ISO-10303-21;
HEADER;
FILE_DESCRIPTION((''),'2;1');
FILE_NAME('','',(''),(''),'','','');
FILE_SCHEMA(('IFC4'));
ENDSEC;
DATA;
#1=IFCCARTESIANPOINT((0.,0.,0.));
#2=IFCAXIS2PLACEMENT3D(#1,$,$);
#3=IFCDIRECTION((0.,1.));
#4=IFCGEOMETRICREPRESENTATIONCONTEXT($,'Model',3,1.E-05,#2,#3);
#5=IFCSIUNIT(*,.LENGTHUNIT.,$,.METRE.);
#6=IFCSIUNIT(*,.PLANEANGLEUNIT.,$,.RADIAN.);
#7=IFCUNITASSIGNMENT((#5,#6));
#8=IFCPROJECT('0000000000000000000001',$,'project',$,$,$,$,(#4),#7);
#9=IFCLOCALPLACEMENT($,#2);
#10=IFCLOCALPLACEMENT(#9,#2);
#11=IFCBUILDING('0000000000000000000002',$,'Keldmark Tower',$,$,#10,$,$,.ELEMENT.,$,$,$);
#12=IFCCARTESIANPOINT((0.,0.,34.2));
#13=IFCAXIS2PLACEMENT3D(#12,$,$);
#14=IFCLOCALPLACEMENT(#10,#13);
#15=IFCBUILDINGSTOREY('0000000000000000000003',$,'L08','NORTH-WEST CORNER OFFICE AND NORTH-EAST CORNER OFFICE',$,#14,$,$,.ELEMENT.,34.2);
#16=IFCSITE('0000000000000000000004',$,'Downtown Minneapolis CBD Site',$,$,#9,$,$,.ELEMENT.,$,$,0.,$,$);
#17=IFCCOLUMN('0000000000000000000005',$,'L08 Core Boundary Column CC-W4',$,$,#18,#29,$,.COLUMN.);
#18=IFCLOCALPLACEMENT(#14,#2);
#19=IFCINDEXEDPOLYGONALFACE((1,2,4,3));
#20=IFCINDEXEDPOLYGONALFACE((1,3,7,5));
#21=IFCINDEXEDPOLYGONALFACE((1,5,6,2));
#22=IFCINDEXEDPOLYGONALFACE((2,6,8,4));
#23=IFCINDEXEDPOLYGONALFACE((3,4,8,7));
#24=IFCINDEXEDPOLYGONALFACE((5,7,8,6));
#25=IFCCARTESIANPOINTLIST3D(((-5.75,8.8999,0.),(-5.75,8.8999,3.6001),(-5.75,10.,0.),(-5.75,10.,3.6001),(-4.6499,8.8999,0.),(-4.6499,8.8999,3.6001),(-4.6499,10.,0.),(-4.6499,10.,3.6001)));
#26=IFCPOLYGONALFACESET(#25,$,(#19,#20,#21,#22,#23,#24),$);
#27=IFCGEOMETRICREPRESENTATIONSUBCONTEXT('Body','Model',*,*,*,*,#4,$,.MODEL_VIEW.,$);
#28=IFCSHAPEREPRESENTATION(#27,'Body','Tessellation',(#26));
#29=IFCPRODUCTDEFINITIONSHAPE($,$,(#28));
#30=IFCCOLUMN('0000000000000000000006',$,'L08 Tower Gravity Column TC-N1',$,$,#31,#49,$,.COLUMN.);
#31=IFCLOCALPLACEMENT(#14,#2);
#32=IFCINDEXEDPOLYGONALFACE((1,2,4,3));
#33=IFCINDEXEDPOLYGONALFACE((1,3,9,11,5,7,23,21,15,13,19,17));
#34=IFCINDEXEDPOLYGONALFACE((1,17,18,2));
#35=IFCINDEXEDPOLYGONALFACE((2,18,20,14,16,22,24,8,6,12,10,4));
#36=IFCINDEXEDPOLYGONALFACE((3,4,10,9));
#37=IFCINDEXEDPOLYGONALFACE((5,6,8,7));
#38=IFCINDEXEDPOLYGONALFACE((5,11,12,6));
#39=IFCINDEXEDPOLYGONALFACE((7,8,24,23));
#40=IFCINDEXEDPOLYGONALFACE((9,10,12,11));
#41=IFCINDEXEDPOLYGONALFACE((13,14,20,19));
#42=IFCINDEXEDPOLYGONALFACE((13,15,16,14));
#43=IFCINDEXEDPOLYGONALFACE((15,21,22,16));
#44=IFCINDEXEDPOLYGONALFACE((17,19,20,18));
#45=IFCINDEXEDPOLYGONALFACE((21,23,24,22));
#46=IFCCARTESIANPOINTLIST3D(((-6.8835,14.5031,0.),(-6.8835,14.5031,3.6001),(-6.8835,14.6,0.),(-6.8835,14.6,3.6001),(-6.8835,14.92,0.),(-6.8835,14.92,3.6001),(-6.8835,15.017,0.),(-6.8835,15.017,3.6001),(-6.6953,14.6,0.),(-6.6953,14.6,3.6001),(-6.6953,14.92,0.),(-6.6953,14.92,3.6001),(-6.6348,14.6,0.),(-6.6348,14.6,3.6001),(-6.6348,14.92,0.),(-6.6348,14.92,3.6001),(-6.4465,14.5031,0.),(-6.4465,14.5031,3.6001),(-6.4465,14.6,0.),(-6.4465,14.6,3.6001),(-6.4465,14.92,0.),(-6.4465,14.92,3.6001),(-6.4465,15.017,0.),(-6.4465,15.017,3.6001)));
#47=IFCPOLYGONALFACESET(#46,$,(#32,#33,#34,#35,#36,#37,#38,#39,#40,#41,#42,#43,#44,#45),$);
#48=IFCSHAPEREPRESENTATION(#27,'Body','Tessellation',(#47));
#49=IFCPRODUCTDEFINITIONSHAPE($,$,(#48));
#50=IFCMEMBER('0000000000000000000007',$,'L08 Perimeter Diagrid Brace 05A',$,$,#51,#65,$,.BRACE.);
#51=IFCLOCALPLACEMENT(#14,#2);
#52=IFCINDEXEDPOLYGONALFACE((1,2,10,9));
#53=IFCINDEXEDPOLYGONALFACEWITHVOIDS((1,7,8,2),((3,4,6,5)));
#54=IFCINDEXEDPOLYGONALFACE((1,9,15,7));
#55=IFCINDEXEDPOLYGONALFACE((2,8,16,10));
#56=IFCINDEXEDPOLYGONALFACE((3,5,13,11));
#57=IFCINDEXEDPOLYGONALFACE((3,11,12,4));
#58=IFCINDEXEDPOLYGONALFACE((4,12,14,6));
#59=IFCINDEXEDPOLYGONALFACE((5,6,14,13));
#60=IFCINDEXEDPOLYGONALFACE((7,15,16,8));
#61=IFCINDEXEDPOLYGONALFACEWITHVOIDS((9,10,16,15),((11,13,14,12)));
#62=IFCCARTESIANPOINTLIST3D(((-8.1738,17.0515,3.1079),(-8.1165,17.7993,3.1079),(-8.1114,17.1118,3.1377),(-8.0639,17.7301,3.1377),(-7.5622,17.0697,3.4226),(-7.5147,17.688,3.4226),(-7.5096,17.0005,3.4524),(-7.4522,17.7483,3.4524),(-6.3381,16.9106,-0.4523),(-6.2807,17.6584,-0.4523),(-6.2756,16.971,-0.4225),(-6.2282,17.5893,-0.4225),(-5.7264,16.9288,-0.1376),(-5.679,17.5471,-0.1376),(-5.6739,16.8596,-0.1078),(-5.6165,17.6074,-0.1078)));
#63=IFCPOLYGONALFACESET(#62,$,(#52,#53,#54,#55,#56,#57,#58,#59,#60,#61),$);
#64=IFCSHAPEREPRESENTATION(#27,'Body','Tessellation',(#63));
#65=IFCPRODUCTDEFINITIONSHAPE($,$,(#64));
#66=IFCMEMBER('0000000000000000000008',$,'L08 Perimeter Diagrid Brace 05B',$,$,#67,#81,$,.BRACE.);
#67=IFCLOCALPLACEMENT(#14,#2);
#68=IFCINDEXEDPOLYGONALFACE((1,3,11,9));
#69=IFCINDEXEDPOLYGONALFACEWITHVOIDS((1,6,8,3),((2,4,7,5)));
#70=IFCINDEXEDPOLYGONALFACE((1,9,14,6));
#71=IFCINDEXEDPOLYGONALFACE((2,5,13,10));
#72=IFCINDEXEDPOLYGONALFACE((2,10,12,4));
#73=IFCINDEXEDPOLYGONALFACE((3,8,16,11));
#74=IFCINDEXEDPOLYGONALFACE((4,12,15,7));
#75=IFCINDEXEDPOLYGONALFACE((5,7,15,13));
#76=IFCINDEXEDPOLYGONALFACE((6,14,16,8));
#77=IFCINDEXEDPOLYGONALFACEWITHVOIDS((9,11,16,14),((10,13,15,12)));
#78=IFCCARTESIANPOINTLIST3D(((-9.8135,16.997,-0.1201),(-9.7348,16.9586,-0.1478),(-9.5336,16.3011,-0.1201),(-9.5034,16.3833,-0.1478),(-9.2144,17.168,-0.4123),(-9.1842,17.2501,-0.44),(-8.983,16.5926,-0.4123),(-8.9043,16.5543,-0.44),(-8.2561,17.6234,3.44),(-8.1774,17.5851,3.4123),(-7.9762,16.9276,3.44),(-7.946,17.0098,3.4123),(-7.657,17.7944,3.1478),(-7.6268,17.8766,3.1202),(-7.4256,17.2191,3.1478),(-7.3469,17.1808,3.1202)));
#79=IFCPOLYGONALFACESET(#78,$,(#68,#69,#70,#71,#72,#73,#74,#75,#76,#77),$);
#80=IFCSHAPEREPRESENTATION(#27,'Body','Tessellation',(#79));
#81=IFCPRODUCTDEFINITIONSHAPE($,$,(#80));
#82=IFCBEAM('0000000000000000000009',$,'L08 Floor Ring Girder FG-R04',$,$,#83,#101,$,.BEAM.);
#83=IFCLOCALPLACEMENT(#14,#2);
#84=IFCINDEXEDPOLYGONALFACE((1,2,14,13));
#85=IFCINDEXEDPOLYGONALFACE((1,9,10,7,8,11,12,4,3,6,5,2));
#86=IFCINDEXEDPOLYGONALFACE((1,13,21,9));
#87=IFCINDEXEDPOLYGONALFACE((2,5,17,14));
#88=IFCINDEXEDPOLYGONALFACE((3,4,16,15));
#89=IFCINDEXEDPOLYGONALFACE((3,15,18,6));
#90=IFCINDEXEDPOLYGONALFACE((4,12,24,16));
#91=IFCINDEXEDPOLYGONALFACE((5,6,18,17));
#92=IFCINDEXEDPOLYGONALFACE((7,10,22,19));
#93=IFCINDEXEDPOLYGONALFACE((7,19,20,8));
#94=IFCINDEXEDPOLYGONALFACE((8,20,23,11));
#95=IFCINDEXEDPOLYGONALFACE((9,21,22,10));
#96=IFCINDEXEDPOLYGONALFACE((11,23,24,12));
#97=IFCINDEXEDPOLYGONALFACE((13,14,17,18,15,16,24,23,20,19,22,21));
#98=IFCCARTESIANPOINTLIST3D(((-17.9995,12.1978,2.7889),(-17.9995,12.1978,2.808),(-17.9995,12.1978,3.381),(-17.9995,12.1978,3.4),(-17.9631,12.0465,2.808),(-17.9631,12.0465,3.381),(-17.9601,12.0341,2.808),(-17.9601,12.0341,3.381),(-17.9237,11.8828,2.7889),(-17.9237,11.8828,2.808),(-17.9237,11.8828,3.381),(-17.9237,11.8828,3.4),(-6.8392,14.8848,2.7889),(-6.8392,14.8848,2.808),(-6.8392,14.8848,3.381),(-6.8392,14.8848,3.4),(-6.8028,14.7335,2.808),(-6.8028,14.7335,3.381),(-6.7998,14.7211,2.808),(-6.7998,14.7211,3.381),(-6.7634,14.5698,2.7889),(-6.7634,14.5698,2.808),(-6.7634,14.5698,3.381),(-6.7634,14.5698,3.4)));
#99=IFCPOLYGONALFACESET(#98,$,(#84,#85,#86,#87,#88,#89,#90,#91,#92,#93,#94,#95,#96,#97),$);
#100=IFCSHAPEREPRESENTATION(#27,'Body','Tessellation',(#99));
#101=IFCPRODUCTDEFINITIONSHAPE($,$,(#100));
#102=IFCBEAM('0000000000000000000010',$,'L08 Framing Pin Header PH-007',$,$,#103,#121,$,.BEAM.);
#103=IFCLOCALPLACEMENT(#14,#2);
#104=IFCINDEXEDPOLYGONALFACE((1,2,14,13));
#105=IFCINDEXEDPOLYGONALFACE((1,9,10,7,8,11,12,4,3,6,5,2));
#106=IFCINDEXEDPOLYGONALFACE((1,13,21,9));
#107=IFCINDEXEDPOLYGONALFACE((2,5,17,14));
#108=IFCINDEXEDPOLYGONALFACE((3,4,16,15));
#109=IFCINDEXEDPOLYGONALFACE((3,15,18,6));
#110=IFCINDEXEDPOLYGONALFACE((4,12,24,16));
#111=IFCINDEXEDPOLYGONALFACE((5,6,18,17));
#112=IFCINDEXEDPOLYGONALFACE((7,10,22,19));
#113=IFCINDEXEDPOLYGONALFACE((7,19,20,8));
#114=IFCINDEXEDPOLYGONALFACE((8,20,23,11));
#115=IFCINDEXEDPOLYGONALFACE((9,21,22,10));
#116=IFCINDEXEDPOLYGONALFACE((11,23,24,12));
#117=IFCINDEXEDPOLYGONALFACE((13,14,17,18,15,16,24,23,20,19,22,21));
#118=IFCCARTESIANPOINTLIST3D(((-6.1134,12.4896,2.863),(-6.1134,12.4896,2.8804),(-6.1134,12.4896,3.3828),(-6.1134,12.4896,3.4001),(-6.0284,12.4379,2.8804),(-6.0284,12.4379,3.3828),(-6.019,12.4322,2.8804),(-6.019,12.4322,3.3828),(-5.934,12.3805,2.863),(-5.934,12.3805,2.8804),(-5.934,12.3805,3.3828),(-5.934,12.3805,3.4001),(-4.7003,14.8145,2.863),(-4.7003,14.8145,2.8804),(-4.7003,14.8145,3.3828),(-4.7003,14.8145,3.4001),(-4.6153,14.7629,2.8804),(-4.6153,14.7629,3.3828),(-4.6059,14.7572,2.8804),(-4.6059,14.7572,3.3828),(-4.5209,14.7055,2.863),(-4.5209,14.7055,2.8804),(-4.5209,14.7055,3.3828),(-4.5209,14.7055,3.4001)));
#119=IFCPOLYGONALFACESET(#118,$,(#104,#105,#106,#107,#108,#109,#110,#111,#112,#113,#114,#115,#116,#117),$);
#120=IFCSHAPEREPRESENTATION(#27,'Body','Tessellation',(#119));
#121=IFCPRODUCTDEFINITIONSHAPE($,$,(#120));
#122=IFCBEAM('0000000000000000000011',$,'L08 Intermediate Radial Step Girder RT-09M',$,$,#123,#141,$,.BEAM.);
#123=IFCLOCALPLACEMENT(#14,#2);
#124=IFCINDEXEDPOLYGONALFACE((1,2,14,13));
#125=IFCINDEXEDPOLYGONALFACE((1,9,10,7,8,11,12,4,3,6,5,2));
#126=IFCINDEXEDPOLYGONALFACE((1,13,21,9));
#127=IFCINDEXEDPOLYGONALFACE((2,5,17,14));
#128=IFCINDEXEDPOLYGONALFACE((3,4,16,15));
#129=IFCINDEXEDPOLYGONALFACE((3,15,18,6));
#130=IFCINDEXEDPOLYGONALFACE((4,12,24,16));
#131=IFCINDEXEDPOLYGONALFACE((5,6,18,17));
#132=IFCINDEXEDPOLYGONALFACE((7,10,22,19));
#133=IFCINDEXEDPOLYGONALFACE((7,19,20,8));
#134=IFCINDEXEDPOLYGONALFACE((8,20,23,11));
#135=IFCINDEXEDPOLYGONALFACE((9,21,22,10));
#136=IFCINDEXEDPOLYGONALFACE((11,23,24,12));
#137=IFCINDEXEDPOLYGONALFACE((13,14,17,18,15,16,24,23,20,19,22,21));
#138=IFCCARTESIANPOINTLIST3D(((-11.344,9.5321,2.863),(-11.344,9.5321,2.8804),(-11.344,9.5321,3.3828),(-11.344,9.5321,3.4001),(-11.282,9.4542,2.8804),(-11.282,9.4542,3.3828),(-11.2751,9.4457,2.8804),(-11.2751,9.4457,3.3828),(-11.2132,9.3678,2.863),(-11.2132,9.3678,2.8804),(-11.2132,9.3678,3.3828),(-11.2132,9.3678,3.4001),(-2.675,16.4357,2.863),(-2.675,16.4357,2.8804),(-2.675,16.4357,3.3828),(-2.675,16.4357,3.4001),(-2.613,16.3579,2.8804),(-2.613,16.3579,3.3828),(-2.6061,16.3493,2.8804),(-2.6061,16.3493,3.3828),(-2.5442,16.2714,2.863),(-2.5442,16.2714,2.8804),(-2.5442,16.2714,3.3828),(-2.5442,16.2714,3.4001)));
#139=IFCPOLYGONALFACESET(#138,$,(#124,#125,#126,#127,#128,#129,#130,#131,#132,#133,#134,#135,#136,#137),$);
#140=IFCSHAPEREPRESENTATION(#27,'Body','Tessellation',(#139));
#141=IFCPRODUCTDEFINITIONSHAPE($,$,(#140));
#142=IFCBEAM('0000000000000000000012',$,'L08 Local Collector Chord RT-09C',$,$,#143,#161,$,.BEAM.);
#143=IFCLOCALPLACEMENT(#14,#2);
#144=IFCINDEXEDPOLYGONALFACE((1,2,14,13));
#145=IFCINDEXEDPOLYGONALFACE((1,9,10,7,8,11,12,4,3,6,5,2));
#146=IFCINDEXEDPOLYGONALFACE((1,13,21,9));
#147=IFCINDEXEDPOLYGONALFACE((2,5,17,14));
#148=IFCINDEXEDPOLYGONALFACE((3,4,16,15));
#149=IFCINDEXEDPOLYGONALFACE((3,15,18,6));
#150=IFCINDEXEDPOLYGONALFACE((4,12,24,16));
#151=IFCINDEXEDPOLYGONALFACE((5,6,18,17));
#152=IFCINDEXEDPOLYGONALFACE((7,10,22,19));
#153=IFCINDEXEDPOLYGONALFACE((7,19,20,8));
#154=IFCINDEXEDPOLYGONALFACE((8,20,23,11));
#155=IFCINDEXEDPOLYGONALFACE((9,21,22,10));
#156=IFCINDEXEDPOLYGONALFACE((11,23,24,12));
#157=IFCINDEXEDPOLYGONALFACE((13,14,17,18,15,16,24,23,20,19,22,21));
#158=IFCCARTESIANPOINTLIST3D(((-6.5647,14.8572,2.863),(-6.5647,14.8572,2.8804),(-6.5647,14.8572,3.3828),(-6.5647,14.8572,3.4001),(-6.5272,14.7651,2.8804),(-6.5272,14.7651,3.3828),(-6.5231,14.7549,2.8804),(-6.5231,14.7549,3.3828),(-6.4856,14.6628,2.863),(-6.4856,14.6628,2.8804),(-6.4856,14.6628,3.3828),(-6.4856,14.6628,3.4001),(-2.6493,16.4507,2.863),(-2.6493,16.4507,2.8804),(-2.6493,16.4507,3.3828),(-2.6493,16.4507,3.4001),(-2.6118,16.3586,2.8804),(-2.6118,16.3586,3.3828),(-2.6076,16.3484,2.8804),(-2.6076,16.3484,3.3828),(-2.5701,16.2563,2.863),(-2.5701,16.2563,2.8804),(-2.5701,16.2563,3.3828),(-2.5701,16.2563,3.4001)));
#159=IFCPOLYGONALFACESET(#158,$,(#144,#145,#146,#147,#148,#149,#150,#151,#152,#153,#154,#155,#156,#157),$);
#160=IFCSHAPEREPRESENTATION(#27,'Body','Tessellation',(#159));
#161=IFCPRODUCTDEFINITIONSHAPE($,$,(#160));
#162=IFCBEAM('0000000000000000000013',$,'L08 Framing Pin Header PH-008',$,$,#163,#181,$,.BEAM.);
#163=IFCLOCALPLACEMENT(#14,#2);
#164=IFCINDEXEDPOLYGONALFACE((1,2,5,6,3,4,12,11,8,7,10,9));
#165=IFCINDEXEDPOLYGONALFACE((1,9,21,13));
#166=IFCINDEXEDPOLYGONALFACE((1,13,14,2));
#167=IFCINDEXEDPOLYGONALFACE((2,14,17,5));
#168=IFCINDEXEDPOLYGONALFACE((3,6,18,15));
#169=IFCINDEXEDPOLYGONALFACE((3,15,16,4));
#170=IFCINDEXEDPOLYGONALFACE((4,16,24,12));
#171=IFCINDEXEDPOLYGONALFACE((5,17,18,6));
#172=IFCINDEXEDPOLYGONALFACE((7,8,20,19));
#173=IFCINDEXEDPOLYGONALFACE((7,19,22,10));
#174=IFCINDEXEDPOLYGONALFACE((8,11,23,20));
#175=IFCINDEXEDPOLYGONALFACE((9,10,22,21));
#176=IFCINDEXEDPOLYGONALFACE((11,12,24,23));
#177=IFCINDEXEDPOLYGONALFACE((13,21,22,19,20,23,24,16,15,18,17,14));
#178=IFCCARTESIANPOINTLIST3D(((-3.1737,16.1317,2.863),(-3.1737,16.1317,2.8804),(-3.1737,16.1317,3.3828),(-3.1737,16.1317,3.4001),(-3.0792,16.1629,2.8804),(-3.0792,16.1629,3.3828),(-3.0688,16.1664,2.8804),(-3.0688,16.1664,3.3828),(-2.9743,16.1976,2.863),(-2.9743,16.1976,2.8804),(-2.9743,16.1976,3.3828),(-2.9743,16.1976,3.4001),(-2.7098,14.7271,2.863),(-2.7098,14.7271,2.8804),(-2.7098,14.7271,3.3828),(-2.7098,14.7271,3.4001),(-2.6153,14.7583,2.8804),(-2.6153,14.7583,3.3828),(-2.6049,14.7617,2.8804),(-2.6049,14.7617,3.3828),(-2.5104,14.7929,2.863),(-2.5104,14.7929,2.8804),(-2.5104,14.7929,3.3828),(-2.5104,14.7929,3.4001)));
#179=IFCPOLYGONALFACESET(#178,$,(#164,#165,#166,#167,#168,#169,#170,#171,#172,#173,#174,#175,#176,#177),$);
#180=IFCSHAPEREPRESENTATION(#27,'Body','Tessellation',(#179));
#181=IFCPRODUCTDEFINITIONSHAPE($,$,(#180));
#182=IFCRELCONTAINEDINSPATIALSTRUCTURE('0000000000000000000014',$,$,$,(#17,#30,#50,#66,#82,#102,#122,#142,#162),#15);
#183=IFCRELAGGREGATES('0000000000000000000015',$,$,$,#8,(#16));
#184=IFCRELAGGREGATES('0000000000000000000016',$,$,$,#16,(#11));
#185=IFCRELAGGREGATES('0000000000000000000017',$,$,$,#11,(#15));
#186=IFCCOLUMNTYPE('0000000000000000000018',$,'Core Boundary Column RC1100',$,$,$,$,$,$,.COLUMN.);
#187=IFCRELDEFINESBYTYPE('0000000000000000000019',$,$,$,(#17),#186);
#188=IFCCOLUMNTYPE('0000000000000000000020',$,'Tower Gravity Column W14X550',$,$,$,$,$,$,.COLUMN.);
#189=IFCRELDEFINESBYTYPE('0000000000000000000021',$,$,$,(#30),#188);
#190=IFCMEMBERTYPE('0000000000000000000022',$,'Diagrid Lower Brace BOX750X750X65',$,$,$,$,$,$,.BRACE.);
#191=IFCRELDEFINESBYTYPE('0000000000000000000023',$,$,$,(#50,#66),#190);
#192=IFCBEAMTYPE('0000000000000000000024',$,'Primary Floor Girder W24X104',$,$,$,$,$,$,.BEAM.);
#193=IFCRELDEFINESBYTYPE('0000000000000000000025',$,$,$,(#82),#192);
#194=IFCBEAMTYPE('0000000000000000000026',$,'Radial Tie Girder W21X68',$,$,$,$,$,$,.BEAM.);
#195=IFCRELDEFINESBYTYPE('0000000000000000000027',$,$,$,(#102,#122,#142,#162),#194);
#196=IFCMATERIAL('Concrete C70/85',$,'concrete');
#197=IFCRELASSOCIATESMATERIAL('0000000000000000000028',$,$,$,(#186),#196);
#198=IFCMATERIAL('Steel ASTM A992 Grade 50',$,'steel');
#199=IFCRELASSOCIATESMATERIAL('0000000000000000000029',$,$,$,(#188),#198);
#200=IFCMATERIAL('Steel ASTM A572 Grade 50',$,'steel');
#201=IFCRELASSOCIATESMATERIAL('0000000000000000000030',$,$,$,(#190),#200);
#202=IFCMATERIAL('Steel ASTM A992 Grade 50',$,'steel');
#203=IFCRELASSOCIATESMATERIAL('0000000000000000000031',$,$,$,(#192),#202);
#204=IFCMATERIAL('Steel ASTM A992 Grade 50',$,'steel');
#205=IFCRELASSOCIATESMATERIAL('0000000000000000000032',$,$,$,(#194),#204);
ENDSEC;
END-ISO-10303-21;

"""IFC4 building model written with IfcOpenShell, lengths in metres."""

from ifc_helpers import new_model, si_unit, direction, frame, origin, origin_2d, place, context, subcontext, project, spatial, rectangle, hollow_rectangle, i_section, extrude, material, material_profile, profile_set, type_object, element, save


model = new_model("IFC4")

# Units and contexts
model_context = context("Model", 3, precision=1e-05, world=origin(), true_north=direction((0.0, 1.0)))
body_context = subcontext(model_context, "Body", "Model", "MODEL_VIEW")
ifc_project = project(units=[si_unit("LENGTHUNIT", "METRE"), si_unit("PLANEANGLEUNIT", "RADIAN")], contexts=[model_context])

# Site, building, storey
site_placement = place(None, origin())
site = spatial("IfcSite", under=ifc_project, at=site_placement, Name="Downtown Minneapolis CBD Site", CompositionType="ELEMENT", RefElevation=0.0)
building_placement = place(site_placement, origin())
building = spatial("IfcBuilding", under=site, at=building_placement, Name="Keldmark Tower", CompositionType="ELEMENT")
storey_placement = place(building_placement, frame((0.0, 0.0, 34.2)))
storey = spatial("IfcBuildingStorey", under=building, at=storey_placement, Name="L08", Description="NORTH-WEST CORNER OFFICE AND NORTH-EAST CORNER OFFICE", CompositionType="ELEMENT", Elevation=34.2)

# Columns
ifc_material_1 = material(Name="Concrete C70/85", Category="concrete")
ifc_material_profile_1 = material_profile(ifc_material_1, rectangle(XDim=1.1001, YDim=1.1001, at=origin_2d()), Name="RC1100X1100")
ifc_profile_set_1 = profile_set([ifc_material_profile_1], Name="Concrete C70/85")
column_type_1 = type_object("IfcColumnType", Name="Core Boundary Column RC1100", PredefinedType="COLUMN", material=ifc_profile_set_1)
column_1_placement = place(storey_placement, frame((-5.2, 9.45, 0.0), z_axis=(0.0, 0.0, 1.0), x_axis=(1.0, 0.0, 0.0)))
element("IfcColumn", 1, at=column_1_placement, inside=storey, type_object=column_type_1, Name="L08 Core Boundary Column CC-W4", PredefinedType="COLUMN", context=body_context, shape_type="SweptSolid", body=[
    extrude(rectangle(XDim=1.1001, YDim=1.1001, at=origin_2d()), origin(), (0.0, 0.0, 1.0), 3.6001),
])
ifc_material_2 = material(Name="Steel ASTM A992 Grade 50", Category="steel")
ifc_material_profile_2 = material_profile(ifc_material_2, i_section(OverallWidth=0.437, OverallDepth=0.5139, WebThickness=0.0605, FlangeThickness=0.0969, at=origin_2d()), Name="W14X550")
ifc_profile_set_2 = profile_set([ifc_material_profile_2], Name="Steel ASTM A992 Grade 50")
column_type_2 = type_object("IfcColumnType", Name="Tower Gravity Column W14X550", PredefinedType="COLUMN", material=ifc_profile_set_2)
column_2_placement = place(storey_placement, frame((-6.665, 14.76, 0.0), z_axis=(0.0, 0.0, 1.0), x_axis=(1.0, 0.0, 0.0)))
element("IfcColumn", 2, at=column_2_placement, inside=storey, type_object=column_type_2, Name="L08 Tower Gravity Column TC-N1", PredefinedType="COLUMN", context=body_context, shape_type="SweptSolid", body=[
    extrude(i_section(OverallWidth=0.437, OverallDepth=0.5139, WebThickness=0.0605, FlangeThickness=0.0969, at=origin_2d()), origin(), (0.0, 0.0, 1.0), 3.6001),
])

# Members
ifc_material_3 = material(Name="Steel ASTM A572 Grade 50", Category="steel")
ifc_material_profile_3 = material_profile(ifc_material_3, hollow_rectangle(XDim=0.75, YDim=0.75, WallThickness=0.0649, at=origin_2d()), Name="BOX750X750X65")
ifc_profile_set_3 = profile_set([ifc_material_profile_3], Name="Steel ASTM A572 Grade 50")
member_type = type_object("IfcMemberType", Name="Diagrid Lower Brace BOX750X750X65", PredefinedType="BRACE", material=ifc_profile_set_3)
member_1_placement = place(storey_placement, frame((-5.9773, 17.259, -0.28), z_axis=(-0.458013, 0.035147, 0.88825), x_axis=(-0.076514, -0.997069, 0.0)))
element("IfcMember", 3, at=member_1_placement, inside=storey, type_object=member_type, Name="L08 Perimeter Diagrid Brace 05A", PredefinedType="BRACE", context=body_context, shape_type="SweptSolid", body=[
    extrude(hollow_rectangle(XDim=0.75, YDim=0.75, WallThickness=0.0649, at=origin_2d()), origin(), (0.0, 0.0, 1.0), 4.0081),
])
member_2_placement = place(storey_placement, frame((-9.3589, 16.7756, -0.28), z_axis=(0.395677, 0.159164, 0.904493), x_axis=(-0.373195, 0.927753, 0.0)))
element("IfcMember", 4, at=member_2_placement, inside=storey, type_object=member_type, Name="L08 Perimeter Diagrid Brace 05B", PredefinedType="BRACE", context=body_context, shape_type="SweptSolid", body=[
    extrude(hollow_rectangle(XDim=0.75, YDim=0.75, WallThickness=0.0649, at=origin_2d()), origin(), (0.0, 0.0, 1.0), 3.936),
])

# Beams
ifc_material_4 = material(Name="Steel ASTM A992 Grade 50", Category="steel")
ifc_material_profile_4 = material_profile(ifc_material_4, i_section(OverallWidth=0.324, OverallDepth=0.6111, WebThickness=0.0127, FlangeThickness=0.019, at=origin_2d()), Name="W24X104")
ifc_profile_set_4 = profile_set([ifc_material_profile_4], Name="Steel ASTM A992 Grade 50")
beam_type_1 = type_object("IfcBeamType", Name="Primary Floor Girder W24X104", PredefinedType="BEAM", material=ifc_profile_set_4)
beam_1_placement = place(storey_placement, frame((-6.8013, 14.7273, 3.0945), z_axis=(-0.972219, -0.234074, 0.0), x_axis=(0.234074, -0.972219, 0.0)))
element("IfcBeam", 5, at=beam_1_placement, inside=storey, type_object=beam_type_1, Name="L08 Floor Ring Girder FG-R04", PredefinedType="BEAM", context=body_context, shape_type="SweptSolid", body=[
    extrude(i_section(OverallWidth=0.324, OverallDepth=0.6111, WebThickness=0.0127, FlangeThickness=0.019, at=origin_2d()), origin(), (0.0, 0.0, 1.0), 11.4792),
])
ifc_material_5 = material(Name="Steel ASTM A992 Grade 50", Category="steel")
ifc_material_profile_5 = material_profile(ifc_material_5, i_section(OverallWidth=0.21, OverallDepth=0.5371, WebThickness=0.011, FlangeThickness=0.0173, at=origin_2d()), Name="W21X68")
ifc_profile_set_5 = profile_set([ifc_material_profile_5], Name="Steel ASTM A992 Grade 50")
beam_type_2 = type_object("IfcBeamType", Name="Radial Tie Girder W21X68", PredefinedType="BEAM", material=ifc_profile_set_5)
beam_2_placement = place(storey_placement, frame((-6.0237, 12.4351, 3.1316), z_axis=(0.519383, 0.854541, 0.0), x_axis=(-0.854541, 0.519383, 0.0)))
element("IfcBeam", 6, at=beam_2_placement, inside=storey, type_object=beam_type_2, Name="L08 Framing Pin Header PH-007", PredefinedType="BEAM", context=body_context, shape_type="SweptSolid", body=[
    extrude(i_section(OverallWidth=0.21, OverallDepth=0.5371, WebThickness=0.011, FlangeThickness=0.0173, at=origin_2d()), origin(), (0.0, 0.0, 1.0), 2.7207),
])
beam_3_placement = place(storey_placement, frame((-11.2786, 9.45, 3.1316), z_axis=(0.782257, 0.622955, 0.0), x_axis=(-0.622955, 0.782257, 0.0)))
element("IfcBeam", 7, at=beam_3_placement, inside=storey, type_object=beam_type_2, Name="L08 Intermediate Radial Step Girder RT-09M", PredefinedType="BEAM", context=body_context, shape_type="SweptSolid", body=[
    extrude(i_section(OverallWidth=0.21, OverallDepth=0.5371, WebThickness=0.011, FlangeThickness=0.0173, at=origin_2d()), origin(), (0.0, 0.0, 1.0), 11.082),
])
beam_4_placement = place(storey_placement, frame((-6.5251, 14.76, 3.1316), z_axis=(0.926234, 0.37695, 0.0), x_axis=(-0.37695, 0.926234, 0.0)))
element("IfcBeam", 8, at=beam_4_placement, inside=storey, type_object=beam_type_2, Name="L08 Local Collector Chord RT-09C", PredefinedType="BEAM", context=body_context, shape_type="SweptSolid", body=[
    extrude(i_section(OverallWidth=0.21, OverallDepth=0.5371, WebThickness=0.011, FlangeThickness=0.0173, at=origin_2d()), origin(), (0.0, 0.0, 1.0), 4.2273),
])
beam_5_placement = place(storey_placement, frame((-2.6101, 14.76, 3.1316), z_axis=(-0.313602, 0.949554, 0.0), x_axis=(-0.949554, -0.313602, 0.0)))
element("IfcBeam", 9, at=beam_5_placement, inside=storey, type_object=beam_type_2, Name="L08 Framing Pin Header PH-008", PredefinedType="BEAM", context=body_context, shape_type="SweptSolid", body=[
    extrude(i_section(OverallWidth=0.21, OverallDepth=0.5371, WebThickness=0.011, FlangeThickness=0.0173, at=origin_2d()), origin(), (0.0, 0.0, 1.0), 1.4792),
])

save(model, "model.ifc")
